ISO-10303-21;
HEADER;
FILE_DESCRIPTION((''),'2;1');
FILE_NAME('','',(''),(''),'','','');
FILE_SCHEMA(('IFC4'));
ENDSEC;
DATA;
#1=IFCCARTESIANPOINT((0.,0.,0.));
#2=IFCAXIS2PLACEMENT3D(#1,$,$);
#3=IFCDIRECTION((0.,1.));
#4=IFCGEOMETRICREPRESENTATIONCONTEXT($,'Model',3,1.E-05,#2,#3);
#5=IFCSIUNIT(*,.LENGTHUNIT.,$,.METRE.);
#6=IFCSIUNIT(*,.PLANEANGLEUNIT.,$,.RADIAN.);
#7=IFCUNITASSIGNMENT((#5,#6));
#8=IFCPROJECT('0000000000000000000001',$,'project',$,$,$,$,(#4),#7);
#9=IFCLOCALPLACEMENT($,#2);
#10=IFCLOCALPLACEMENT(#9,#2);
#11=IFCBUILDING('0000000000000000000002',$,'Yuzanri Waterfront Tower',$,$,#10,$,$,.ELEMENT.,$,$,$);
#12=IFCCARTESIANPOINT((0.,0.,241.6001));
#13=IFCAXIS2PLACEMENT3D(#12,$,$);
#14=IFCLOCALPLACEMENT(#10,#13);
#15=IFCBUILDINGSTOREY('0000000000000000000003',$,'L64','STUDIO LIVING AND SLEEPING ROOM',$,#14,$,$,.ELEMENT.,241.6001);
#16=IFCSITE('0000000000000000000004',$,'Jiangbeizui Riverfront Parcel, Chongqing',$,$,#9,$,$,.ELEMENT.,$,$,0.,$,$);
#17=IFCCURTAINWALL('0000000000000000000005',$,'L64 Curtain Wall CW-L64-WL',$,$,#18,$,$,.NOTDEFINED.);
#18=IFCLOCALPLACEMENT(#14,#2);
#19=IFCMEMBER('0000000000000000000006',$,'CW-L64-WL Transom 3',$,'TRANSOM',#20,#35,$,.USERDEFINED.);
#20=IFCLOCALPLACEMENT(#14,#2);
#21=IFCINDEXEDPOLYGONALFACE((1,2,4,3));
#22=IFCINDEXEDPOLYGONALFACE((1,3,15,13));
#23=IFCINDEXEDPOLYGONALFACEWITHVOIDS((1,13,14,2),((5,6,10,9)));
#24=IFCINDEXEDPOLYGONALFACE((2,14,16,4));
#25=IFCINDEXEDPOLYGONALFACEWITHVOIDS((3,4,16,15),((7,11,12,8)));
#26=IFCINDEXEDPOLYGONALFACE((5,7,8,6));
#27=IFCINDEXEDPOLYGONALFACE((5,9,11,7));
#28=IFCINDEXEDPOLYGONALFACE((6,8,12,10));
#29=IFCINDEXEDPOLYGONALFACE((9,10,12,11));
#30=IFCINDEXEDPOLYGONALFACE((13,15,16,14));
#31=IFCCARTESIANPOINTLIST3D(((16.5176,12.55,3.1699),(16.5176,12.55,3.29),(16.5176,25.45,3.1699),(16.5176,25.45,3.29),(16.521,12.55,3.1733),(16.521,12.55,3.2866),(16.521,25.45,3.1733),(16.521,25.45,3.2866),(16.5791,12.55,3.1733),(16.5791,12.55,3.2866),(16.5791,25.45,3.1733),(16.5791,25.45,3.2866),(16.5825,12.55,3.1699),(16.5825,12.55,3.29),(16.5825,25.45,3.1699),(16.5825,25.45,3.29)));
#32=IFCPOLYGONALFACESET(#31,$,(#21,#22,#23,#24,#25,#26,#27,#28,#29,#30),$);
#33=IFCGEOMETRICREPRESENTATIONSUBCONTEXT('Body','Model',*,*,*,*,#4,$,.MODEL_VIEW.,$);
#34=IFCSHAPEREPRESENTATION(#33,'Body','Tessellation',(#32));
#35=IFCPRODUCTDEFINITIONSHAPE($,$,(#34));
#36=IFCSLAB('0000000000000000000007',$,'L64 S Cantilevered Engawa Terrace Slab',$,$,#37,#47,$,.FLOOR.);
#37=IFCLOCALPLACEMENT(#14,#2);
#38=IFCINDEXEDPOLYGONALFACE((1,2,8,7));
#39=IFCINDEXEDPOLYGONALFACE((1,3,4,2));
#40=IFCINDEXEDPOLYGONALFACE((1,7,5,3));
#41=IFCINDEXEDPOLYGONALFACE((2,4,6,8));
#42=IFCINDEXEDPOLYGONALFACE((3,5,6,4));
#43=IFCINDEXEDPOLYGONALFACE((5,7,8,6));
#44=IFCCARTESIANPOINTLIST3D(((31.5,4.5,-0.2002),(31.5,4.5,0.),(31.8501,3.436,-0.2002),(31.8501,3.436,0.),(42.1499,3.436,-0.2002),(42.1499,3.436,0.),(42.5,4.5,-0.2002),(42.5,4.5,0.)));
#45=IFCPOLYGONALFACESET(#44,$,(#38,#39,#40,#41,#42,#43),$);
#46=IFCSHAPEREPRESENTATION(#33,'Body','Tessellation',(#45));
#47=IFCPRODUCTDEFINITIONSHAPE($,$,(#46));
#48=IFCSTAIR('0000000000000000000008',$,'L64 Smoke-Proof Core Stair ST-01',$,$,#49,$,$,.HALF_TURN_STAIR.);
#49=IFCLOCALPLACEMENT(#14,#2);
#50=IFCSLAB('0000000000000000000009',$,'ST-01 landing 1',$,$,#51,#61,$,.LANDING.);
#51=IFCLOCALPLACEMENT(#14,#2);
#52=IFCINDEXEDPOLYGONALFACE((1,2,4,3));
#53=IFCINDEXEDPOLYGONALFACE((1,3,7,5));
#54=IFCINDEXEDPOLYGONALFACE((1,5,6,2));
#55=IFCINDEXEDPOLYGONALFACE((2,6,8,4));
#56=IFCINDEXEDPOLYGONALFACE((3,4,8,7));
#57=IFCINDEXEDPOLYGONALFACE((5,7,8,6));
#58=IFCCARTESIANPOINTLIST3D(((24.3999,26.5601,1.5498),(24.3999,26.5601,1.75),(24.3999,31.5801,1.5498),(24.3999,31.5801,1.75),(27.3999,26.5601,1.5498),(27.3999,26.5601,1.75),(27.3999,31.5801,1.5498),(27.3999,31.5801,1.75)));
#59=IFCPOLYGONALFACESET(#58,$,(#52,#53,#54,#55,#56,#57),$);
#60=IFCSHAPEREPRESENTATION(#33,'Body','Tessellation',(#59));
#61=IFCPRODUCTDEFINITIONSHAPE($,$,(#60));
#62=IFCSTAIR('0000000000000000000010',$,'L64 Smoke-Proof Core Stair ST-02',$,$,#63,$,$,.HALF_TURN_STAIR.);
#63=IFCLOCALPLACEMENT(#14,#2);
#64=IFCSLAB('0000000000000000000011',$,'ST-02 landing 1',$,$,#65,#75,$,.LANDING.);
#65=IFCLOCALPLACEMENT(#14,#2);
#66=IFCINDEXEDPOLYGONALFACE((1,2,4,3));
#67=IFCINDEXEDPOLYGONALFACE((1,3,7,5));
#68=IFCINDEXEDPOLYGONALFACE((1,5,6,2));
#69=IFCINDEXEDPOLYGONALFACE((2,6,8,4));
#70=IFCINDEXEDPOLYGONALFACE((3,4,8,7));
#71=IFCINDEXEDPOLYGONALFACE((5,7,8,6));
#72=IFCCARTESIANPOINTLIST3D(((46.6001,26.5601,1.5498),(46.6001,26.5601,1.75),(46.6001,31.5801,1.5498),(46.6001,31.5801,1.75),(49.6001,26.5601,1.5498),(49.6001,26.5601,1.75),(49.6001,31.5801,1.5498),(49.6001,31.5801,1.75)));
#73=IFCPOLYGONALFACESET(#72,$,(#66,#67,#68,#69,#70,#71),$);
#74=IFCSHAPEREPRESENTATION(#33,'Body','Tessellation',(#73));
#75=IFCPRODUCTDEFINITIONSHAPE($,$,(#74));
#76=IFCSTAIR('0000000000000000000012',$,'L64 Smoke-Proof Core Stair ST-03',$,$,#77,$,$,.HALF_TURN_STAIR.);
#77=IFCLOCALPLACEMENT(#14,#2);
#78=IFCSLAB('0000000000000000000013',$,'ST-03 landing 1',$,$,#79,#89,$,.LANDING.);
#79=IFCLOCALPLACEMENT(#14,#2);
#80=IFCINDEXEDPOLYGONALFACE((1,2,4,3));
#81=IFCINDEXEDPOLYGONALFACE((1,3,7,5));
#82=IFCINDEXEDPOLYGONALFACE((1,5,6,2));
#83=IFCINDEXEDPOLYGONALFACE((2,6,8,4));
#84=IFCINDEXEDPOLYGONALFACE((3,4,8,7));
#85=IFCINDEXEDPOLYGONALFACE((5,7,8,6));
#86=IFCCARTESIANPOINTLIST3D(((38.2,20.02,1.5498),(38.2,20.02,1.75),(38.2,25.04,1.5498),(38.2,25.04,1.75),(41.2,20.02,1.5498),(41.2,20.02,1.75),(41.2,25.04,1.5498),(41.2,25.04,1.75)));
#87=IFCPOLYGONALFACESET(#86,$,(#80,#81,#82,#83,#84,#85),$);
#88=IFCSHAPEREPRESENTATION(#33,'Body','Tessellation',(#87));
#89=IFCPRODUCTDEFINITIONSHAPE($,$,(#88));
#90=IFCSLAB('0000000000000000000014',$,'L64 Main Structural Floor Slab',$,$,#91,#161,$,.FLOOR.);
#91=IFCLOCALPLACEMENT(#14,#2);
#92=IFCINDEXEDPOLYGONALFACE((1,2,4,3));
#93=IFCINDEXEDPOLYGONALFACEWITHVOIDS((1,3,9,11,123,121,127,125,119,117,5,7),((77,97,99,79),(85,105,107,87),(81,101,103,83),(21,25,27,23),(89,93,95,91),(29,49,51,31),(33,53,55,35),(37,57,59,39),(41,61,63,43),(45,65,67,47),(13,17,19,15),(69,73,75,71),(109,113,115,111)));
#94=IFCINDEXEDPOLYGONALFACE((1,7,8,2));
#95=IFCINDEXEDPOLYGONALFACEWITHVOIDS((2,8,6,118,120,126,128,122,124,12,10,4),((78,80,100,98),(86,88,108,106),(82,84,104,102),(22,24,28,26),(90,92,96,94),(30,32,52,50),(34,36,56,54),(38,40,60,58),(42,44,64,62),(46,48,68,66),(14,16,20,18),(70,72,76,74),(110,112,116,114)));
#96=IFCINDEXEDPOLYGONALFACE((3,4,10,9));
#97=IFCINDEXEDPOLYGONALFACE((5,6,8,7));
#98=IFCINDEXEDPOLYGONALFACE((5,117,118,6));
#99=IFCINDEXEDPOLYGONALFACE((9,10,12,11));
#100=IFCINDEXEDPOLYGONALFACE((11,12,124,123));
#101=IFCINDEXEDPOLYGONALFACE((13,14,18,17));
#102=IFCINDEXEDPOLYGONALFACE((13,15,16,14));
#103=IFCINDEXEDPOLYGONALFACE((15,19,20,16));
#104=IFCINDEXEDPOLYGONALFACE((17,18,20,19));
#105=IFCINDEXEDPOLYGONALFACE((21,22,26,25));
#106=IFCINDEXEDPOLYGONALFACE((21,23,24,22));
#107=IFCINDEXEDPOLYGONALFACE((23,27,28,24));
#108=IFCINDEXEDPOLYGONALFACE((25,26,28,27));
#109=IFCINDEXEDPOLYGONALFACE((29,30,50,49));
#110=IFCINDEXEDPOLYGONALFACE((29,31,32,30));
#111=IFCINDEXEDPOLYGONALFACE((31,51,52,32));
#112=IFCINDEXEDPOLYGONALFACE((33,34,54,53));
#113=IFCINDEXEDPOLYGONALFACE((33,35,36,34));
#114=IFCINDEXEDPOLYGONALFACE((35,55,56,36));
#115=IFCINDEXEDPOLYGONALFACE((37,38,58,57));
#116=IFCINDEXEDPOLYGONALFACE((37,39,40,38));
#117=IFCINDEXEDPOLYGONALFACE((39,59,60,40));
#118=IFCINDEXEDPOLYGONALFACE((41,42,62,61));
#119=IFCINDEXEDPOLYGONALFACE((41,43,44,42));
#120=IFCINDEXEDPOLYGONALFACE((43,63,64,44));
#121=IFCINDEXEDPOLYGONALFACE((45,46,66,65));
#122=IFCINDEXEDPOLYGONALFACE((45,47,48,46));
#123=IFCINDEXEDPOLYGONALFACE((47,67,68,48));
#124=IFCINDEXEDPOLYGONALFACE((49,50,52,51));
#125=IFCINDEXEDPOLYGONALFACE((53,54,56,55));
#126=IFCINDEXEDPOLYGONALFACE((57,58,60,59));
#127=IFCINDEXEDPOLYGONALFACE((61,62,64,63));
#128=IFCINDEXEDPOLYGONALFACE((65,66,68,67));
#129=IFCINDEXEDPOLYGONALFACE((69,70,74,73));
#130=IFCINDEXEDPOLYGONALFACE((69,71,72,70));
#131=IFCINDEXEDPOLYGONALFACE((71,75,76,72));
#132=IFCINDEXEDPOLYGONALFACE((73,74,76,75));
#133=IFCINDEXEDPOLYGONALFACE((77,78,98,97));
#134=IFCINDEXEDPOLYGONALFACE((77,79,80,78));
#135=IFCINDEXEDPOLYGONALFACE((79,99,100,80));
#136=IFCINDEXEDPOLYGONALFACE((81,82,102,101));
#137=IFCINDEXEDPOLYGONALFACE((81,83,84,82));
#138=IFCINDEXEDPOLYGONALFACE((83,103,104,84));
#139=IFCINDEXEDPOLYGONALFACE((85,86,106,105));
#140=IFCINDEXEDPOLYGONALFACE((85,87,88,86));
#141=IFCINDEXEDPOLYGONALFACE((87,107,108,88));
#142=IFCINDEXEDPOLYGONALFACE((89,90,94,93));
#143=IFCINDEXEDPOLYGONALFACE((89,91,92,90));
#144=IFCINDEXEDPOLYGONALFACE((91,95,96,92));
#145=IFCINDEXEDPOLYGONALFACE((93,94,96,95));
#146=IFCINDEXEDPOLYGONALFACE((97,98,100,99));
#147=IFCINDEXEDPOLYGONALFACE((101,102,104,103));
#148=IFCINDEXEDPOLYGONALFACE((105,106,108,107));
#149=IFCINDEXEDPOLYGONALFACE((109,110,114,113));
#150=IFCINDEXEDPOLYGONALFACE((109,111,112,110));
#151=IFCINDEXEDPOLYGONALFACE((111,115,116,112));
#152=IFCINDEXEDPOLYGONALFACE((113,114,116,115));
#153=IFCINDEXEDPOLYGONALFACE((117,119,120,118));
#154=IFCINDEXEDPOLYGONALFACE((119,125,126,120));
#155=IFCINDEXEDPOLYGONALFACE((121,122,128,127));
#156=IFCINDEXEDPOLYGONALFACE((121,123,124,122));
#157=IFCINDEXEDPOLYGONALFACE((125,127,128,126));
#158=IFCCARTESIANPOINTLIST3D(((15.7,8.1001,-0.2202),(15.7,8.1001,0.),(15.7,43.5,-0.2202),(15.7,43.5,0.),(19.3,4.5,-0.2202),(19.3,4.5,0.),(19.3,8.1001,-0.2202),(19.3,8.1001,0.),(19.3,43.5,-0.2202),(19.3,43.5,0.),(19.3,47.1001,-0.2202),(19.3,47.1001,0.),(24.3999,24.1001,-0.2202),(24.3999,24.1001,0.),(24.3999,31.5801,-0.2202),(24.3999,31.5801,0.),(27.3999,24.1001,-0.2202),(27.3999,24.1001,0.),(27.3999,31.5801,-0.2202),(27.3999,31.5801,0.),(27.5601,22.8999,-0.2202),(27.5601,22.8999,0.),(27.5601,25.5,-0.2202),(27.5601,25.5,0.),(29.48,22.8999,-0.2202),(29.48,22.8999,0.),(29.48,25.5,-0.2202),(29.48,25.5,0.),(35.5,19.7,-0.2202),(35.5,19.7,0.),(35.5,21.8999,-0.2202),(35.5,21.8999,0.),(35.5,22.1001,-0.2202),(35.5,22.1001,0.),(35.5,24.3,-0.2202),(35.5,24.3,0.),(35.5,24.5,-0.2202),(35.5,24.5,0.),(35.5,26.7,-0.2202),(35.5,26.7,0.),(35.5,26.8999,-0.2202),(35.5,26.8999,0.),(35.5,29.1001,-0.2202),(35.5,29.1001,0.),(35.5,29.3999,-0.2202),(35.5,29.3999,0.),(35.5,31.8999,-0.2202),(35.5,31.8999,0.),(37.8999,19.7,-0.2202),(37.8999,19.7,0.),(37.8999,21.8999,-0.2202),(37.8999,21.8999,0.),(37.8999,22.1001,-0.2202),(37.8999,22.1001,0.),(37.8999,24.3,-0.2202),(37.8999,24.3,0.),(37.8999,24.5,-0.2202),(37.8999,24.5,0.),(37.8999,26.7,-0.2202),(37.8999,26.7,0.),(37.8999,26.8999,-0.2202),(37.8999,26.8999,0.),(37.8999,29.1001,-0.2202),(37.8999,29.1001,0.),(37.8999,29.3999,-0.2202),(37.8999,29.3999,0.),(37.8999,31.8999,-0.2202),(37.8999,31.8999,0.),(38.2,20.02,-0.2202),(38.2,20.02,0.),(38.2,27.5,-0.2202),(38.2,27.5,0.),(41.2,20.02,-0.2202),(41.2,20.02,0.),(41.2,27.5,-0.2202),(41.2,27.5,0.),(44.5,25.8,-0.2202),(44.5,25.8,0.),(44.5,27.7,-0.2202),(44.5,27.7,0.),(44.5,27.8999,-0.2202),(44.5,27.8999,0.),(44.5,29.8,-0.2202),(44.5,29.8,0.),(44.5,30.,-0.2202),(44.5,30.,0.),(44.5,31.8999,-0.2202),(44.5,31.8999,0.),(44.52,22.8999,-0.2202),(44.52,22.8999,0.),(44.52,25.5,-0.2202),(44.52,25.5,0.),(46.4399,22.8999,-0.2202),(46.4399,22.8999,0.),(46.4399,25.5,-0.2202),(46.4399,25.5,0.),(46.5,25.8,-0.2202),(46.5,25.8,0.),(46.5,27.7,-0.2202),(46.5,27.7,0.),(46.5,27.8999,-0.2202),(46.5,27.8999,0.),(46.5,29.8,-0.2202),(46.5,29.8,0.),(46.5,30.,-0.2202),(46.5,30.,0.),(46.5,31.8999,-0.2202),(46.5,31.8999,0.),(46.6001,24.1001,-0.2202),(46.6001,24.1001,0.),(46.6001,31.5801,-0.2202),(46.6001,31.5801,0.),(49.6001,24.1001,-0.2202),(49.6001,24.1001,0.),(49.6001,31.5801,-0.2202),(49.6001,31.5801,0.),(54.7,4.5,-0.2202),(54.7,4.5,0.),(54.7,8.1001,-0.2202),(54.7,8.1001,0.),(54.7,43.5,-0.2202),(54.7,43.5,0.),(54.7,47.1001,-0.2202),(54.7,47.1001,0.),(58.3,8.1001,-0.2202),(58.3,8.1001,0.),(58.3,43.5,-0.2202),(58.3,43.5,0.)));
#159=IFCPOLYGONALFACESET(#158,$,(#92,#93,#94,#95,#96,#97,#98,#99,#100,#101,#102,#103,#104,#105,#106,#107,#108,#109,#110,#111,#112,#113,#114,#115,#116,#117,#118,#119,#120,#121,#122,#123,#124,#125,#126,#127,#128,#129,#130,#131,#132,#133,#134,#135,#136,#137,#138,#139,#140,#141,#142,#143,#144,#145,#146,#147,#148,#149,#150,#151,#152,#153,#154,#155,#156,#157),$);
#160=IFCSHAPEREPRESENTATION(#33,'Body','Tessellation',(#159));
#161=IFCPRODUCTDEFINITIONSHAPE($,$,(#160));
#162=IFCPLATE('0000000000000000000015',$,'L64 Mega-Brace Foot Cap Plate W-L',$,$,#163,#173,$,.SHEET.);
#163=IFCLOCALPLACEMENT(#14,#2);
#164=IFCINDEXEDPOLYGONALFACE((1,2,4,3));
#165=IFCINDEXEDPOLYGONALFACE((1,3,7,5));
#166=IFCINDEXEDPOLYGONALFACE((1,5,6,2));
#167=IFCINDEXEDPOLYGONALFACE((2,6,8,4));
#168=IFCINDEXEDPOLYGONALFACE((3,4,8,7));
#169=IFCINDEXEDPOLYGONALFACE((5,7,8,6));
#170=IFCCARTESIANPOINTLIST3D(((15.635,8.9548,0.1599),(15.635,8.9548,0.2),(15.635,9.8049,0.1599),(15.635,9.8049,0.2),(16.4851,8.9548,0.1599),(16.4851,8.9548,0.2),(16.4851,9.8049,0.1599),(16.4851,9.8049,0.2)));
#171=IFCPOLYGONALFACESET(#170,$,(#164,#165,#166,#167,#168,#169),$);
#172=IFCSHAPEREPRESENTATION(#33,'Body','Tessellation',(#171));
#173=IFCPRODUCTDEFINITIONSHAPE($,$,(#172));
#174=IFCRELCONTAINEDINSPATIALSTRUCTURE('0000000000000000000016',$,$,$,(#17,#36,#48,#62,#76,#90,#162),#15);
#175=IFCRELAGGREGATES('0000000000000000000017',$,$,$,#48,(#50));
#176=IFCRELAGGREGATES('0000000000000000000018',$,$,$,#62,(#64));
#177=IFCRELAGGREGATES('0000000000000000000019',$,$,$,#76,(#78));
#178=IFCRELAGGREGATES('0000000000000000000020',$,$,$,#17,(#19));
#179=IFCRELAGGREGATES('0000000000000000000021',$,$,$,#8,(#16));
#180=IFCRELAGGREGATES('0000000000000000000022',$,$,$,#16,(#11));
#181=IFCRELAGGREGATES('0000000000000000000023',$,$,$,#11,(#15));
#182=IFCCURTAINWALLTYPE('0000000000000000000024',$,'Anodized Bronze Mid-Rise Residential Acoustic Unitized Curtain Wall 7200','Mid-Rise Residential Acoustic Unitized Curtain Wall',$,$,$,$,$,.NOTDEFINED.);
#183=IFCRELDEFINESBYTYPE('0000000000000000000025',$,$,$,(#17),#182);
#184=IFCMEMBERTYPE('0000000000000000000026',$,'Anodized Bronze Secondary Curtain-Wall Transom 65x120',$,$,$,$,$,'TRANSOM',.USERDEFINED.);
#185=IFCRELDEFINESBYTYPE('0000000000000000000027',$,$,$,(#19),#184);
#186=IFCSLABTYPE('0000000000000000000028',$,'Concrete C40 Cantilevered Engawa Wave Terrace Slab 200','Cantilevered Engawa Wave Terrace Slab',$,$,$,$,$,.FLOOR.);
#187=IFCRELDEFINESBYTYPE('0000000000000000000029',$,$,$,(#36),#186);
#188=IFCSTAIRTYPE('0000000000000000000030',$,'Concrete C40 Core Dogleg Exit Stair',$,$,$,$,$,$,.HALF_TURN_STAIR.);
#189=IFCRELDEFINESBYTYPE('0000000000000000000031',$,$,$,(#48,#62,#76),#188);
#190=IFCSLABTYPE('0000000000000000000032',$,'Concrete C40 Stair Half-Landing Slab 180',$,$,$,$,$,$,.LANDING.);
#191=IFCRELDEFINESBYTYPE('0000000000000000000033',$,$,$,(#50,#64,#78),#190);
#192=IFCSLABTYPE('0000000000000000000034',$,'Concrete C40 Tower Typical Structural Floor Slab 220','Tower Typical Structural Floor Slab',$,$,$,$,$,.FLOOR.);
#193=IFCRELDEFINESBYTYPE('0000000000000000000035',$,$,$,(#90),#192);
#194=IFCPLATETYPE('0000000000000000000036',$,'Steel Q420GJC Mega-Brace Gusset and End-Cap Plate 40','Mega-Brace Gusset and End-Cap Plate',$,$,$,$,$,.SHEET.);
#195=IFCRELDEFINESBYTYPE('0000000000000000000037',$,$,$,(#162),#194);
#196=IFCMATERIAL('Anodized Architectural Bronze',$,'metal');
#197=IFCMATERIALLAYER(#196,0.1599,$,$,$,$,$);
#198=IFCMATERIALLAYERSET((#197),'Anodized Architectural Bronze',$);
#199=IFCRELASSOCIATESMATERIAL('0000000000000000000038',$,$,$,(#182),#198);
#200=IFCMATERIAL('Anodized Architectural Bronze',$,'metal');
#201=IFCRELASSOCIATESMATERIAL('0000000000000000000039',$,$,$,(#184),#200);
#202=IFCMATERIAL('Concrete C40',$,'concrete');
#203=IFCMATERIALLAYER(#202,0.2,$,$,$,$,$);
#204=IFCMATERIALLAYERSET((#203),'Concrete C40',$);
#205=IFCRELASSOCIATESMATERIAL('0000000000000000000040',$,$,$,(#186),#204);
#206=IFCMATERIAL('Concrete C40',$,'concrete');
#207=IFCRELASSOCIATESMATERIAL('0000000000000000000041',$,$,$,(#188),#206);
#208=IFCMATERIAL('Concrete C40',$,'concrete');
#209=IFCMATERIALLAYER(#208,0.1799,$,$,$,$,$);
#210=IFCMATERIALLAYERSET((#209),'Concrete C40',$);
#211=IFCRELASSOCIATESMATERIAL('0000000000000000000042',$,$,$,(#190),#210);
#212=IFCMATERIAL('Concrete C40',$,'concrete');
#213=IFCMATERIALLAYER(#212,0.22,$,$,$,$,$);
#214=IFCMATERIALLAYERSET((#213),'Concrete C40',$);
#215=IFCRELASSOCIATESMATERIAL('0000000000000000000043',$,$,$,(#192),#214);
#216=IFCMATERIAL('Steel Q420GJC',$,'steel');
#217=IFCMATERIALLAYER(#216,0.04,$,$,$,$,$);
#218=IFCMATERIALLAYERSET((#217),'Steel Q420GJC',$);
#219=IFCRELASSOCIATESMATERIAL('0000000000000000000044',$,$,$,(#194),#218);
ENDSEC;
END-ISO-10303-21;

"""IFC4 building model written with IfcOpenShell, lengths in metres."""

from ifc_helpers import new_model, si_unit, direction, frame, origin, origin_2d, place, context, subcontext, project, spatial, polyline, rectangle, hollow_rectangle, outline, extrude, source, transform, mapped, material, layer, layer_set, material_profile, profile_set, type_object, element, aggregate, save


model = new_model("IFC4")

# Units and contexts
model_context = context("Model", 3, precision=1e-05, world=origin(), true_north=direction((0.0, 1.0)))
body_context = subcontext(model_context, "Body", "Model", "MODEL_VIEW")
ifc_project = project(units=[si_unit("LENGTHUNIT", "METRE"), si_unit("PLANEANGLEUNIT", "RADIAN")], contexts=[model_context])

# Site, building, storey
site_placement = place(None, origin())
site = spatial("IfcSite", under=ifc_project, at=site_placement, Name="Jiangbeizui Riverfront Parcel, Chongqing", CompositionType="ELEMENT", RefElevation=0.0)
building_placement = place(site_placement, origin())
building = spatial("IfcBuilding", under=site, at=building_placement, Name="Yuzanri Waterfront Tower", CompositionType="ELEMENT")
storey_placement = place(building_placement, frame((0.0, 0.0, 241.6001)))
storey = spatial("IfcBuildingStorey", under=building, at=storey_placement, Name="L64", Description="STUDIO LIVING AND SLEEPING ROOM", CompositionType="ELEMENT", Elevation=241.6001)

# Curtain wall, member
ifc_material_1 = material(Name="Anodized Architectural Bronze", Category="metal")
ifc_layer_1 = layer(ifc_material_1, 0.1599)
ifc_layer_set_1 = layer_set([ifc_layer_1], Name="Anodized Architectural Bronze")
curtain_wall_type = type_object("IfcCurtainWallType", Name="Anodized Bronze Mid-Rise Residential Acoustic Unitized Curtain Wall 7200", Description="Mid-Rise Residential Acoustic Unitized Curtain Wall", PredefinedType="NOTDEFINED", material=ifc_layer_set_1)
curtain_wall_placement = place(storey_placement, origin())
curtain_wall = element("IfcCurtainWall", 1, at=curtain_wall_placement, inside=storey, type_object=curtain_wall_type, Name="L64 Curtain Wall CW-L64-WL", PredefinedType="NOTDEFINED")
ifc_material_2 = material(Name="Anodized Architectural Bronze", Category="metal")
ifc_material_profile_1 = material_profile(ifc_material_2, hollow_rectangle(XDim=0.0649, YDim=0.1201, WallThickness=0.0034, at=origin_2d()), Name="CWT 65x120")
ifc_profile_set_1 = profile_set([ifc_material_profile_1], Name="Anodized Architectural Bronze")
member_type_1 = type_object("IfcMemberType", Name="Anodized Bronze Secondary Curtain-Wall Transom 65x120", ElementType="TRANSOM", PredefinedType="USERDEFINED", material=ifc_profile_set_1)
shared_shape_1 = source(origin(), body_context, "Body", "SweptSolid", [
    extrude(hollow_rectangle(XDim=0.0649, YDim=0.1201, WallThickness=0.0034, at=origin_2d()), origin(), (0.0, 0.0, 1.0), 12.8999),
])
member_1_placement = place(storey_placement, frame((16.55, 12.55, 3.23), z_axis=(0.0, 1.0, 0.0), x_axis=(-1.0, 0.0, 0.0)))
member_1 = element("IfcMember", 2, at=member_1_placement, type_object=member_type_1, Name="CW-L64-WL Transom 3", ObjectType="TRANSOM", PredefinedType="USERDEFINED", context=body_context, shape_type="MappedRepresentation", body=[
    mapped(shared_shape_1, transform((0.0, 0.0, 0.0), scale=1.0)),
])

# Slab
ifc_material_3 = material(Name="Concrete C40", Category="concrete")
ifc_layer_2 = layer(ifc_material_3, 0.2)
ifc_layer_set_2 = layer_set([ifc_layer_2], Name="Concrete C40")
slab_type_1 = type_object("IfcSlabType", Name="Concrete C40 Cantilevered Engawa Wave Terrace Slab 200", Description="Cantilevered Engawa Wave Terrace Slab", PredefinedType="FLOOR", material=ifc_layer_set_2)
slab_1_placement = place(storey_placement, frame((0.0, 0.0, -0.2002)))
element("IfcSlab", 3, at=slab_1_placement, inside=storey, type_object=slab_type_1, Name="L64 S Cantilevered Engawa Terrace Slab", PredefinedType="FLOOR", context=body_context, shape_type="SweptSolid", body=[
    extrude(outline(polyline([(31.5, 4.5), (42.5, 4.5), (42.1499, 3.436), (31.8501, 3.436), (31.5, 4.5)])), origin(), (0.0, 0.0, 1.0), 0.2002),
])

# Stairs, slabs
ifc_material_4 = material(Name="Concrete C40", Category="concrete")
stair_type = type_object("IfcStairType", Name="Concrete C40 Core Dogleg Exit Stair", PredefinedType="HALF_TURN_STAIR", material=ifc_material_4)
stair_1_placement = place(storey_placement, origin())
stair_1 = element("IfcStair", 4, at=stair_1_placement, inside=storey, type_object=stair_type, Name="L64 Smoke-Proof Core Stair ST-01", PredefinedType="HALF_TURN_STAIR")
ifc_material_5 = material(Name="Concrete C40", Category="concrete")
ifc_layer_3 = layer(ifc_material_5, 0.1799)
ifc_layer_set_3 = layer_set([ifc_layer_3], Name="Concrete C40")
slab_type_2 = type_object("IfcSlabType", Name="Concrete C40 Stair Half-Landing Slab 180", PredefinedType="LANDING", material=ifc_layer_set_3)
slab_2_placement = place(storey_placement, frame((0.0, 0.0, 1.5498)))
slab_2 = element("IfcSlab", 5, at=slab_2_placement, type_object=slab_type_2, Name="ST-01 landing 1", PredefinedType="LANDING", context=body_context, shape_type="SweptSolid", body=[
    extrude(outline(polyline([(27.3999, 26.5601), (27.3999, 31.5801), (24.3999, 31.5801), (24.3999, 26.5601), (27.3999, 26.5601)])), origin(), (0.0, 0.0, 1.0), 0.2002),
])
aggregate(stair_1, [slab_2])
stair_2_placement = place(storey_placement, origin())
stair_2 = element("IfcStair", 6, at=stair_2_placement, inside=storey, type_object=stair_type, Name="L64 Smoke-Proof Core Stair ST-02", PredefinedType="HALF_TURN_STAIR")
slab_3_placement = place(storey_placement, frame((0.0, 0.0, 1.5498)))
slab_3 = element("IfcSlab", 7, at=slab_3_placement, type_object=slab_type_2, Name="ST-02 landing 1", PredefinedType="LANDING", context=body_context, shape_type="SweptSolid", body=[
    extrude(outline(polyline([(49.6001, 26.5601), (49.6001, 31.5801), (46.6001, 31.5801), (46.6001, 26.5601), (49.6001, 26.5601)])), origin(), (0.0, 0.0, 1.0), 0.2002),
])
aggregate(stair_2, [slab_3])
stair_3_placement = place(storey_placement, origin())
stair_3 = element("IfcStair", 8, at=stair_3_placement, inside=storey, type_object=stair_type, Name="L64 Smoke-Proof Core Stair ST-03", PredefinedType="HALF_TURN_STAIR")
slab_4_placement = place(storey_placement, frame((0.0, 0.0, 1.5498)))
slab_4 = element("IfcSlab", 9, at=slab_4_placement, type_object=slab_type_2, Name="ST-03 landing 1", PredefinedType="LANDING", context=body_context, shape_type="SweptSolid", body=[
    extrude(outline(polyline([(38.2, 25.04), (38.2, 20.02), (41.2, 20.02), (41.2, 25.04), (38.2, 25.04)])), origin(), (0.0, 0.0, 1.0), 0.2002),
])
aggregate(stair_3, [slab_4])

# Slab
ifc_material_6 = material(Name="Concrete C40", Category="concrete")
ifc_layer_4 = layer(ifc_material_6, 0.22)
ifc_layer_set_4 = layer_set([ifc_layer_4], Name="Concrete C40")
slab_type_3 = type_object("IfcSlabType", Name="Concrete C40 Tower Typical Structural Floor Slab 220", Description="Tower Typical Structural Floor Slab", PredefinedType="FLOOR", material=ifc_layer_set_4)
slab_5_placement = place(storey_placement, frame((0.0, 0.0, -0.2202)))
element("IfcSlab", 10, at=slab_5_placement, inside=storey, type_object=slab_type_3, Name="L64 Main Structural Floor Slab", PredefinedType="FLOOR", context=body_context, shape_type="SweptSolid", body=[
    extrude(outline(polyline([(19.3, 4.5), (54.7, 4.5), (54.7, 8.1001), (58.3, 8.1001), (58.3, 43.5), (54.7, 43.5), (54.7, 47.1001), (19.3, 47.1001), (19.3, 43.5), (15.7, 43.5), (15.7, 8.1001), (19.3, 8.1001), (19.3, 4.5)]), holes=[polyline([(27.3999, 24.1001), (27.3999, 31.5801), (24.3999, 31.5801), (24.3999, 24.1001), (27.3999, 24.1001)]), polyline([(49.6001, 24.1001), (49.6001, 31.5801), (46.6001, 31.5801), (46.6001, 24.1001), (49.6001, 24.1001)]), polyline([(38.2, 27.5), (38.2, 20.02), (41.2, 20.02), (41.2, 27.5), (38.2, 27.5)]), polyline([(27.5601, 22.8999), (29.48, 22.8999), (29.48, 25.5), (27.5601, 25.5), (27.5601, 22.8999)]), polyline([(44.52, 22.8999), (46.4399, 22.8999), (46.4399, 25.5), (44.52, 25.5), (44.52, 22.8999)]), polyline([(35.5, 19.7), (37.8999, 19.7), (37.8999, 21.8999), (35.5, 21.8999), (35.5, 19.7)]), polyline([(35.5, 22.1001), (37.8999, 22.1001), (37.8999, 24.3), (35.5, 24.3), (35.5, 22.1001)]), polyline([(35.5, 24.5), (37.8999, 24.5), (37.8999, 26.7), (35.5, 26.7), (35.5, 24.5)]), polyline([(35.5, 26.8999), (37.8999, 26.8999), (37.8999, 29.1001), (35.5, 29.1001), (35.5, 26.8999)]), polyline([(35.5, 29.3999), (37.8999, 29.3999), (37.8999, 31.8999), (35.5, 31.8999), (35.5, 29.3999)]), polyline([(44.5, 25.8), (46.5, 25.8), (46.5, 27.7), (44.5, 27.7), (44.5, 25.8)]), polyline([(44.5, 27.8999), (46.5, 27.8999), (46.5, 29.8), (44.5, 29.8), (44.5, 27.8999)]), polyline([(44.5, 30.0), (46.5, 30.0), (46.5, 31.8999), (44.5, 31.8999), (44.5, 30.0)])]), origin(), (0.0, 0.0, 1.0), 0.2202),
])

# Plate
ifc_material_7 = material(Name="Steel Q420GJC", Category="steel")
ifc_layer_5 = layer(ifc_material_7, 0.04)
ifc_layer_set_5 = layer_set([ifc_layer_5], Name="Steel Q420GJC")
plate_type_1 = type_object("IfcPlateType", Name="Steel Q420GJC Mega-Brace Gusset and End-Cap Plate 40", Description="Mega-Brace Gusset and End-Cap Plate", PredefinedType="SHEET", material=ifc_layer_set_5)
shared_shape_2 = source(origin(), body_context, "Body", "SweptSolid", [
    extrude(rectangle(XDim=0.8501, YDim=0.8501, at=origin_2d()), origin(), (0.0, 0.0, 1.0), 0.04),
])
plate_1_placement = place(storey_placement, frame((16.0601, 9.3799, 0.1599), z_axis=(0.0, 0.0, 1.0), x_axis=(1.0, 0.0, 0.0)))
element("IfcPlate", 11, at=plate_1_placement, inside=storey, type_object=plate_type_1, Name="L64 Mega-Brace Foot Cap Plate W-L", PredefinedType="SHEET", context=body_context, shape_type="MappedRepresentation", body=[
    mapped(shared_shape_2, transform((0.0, 0.0, 0.0), scale=1.0)),
])
aggregate(curtain_wall, [member_1])

save(model, "model.ifc")
